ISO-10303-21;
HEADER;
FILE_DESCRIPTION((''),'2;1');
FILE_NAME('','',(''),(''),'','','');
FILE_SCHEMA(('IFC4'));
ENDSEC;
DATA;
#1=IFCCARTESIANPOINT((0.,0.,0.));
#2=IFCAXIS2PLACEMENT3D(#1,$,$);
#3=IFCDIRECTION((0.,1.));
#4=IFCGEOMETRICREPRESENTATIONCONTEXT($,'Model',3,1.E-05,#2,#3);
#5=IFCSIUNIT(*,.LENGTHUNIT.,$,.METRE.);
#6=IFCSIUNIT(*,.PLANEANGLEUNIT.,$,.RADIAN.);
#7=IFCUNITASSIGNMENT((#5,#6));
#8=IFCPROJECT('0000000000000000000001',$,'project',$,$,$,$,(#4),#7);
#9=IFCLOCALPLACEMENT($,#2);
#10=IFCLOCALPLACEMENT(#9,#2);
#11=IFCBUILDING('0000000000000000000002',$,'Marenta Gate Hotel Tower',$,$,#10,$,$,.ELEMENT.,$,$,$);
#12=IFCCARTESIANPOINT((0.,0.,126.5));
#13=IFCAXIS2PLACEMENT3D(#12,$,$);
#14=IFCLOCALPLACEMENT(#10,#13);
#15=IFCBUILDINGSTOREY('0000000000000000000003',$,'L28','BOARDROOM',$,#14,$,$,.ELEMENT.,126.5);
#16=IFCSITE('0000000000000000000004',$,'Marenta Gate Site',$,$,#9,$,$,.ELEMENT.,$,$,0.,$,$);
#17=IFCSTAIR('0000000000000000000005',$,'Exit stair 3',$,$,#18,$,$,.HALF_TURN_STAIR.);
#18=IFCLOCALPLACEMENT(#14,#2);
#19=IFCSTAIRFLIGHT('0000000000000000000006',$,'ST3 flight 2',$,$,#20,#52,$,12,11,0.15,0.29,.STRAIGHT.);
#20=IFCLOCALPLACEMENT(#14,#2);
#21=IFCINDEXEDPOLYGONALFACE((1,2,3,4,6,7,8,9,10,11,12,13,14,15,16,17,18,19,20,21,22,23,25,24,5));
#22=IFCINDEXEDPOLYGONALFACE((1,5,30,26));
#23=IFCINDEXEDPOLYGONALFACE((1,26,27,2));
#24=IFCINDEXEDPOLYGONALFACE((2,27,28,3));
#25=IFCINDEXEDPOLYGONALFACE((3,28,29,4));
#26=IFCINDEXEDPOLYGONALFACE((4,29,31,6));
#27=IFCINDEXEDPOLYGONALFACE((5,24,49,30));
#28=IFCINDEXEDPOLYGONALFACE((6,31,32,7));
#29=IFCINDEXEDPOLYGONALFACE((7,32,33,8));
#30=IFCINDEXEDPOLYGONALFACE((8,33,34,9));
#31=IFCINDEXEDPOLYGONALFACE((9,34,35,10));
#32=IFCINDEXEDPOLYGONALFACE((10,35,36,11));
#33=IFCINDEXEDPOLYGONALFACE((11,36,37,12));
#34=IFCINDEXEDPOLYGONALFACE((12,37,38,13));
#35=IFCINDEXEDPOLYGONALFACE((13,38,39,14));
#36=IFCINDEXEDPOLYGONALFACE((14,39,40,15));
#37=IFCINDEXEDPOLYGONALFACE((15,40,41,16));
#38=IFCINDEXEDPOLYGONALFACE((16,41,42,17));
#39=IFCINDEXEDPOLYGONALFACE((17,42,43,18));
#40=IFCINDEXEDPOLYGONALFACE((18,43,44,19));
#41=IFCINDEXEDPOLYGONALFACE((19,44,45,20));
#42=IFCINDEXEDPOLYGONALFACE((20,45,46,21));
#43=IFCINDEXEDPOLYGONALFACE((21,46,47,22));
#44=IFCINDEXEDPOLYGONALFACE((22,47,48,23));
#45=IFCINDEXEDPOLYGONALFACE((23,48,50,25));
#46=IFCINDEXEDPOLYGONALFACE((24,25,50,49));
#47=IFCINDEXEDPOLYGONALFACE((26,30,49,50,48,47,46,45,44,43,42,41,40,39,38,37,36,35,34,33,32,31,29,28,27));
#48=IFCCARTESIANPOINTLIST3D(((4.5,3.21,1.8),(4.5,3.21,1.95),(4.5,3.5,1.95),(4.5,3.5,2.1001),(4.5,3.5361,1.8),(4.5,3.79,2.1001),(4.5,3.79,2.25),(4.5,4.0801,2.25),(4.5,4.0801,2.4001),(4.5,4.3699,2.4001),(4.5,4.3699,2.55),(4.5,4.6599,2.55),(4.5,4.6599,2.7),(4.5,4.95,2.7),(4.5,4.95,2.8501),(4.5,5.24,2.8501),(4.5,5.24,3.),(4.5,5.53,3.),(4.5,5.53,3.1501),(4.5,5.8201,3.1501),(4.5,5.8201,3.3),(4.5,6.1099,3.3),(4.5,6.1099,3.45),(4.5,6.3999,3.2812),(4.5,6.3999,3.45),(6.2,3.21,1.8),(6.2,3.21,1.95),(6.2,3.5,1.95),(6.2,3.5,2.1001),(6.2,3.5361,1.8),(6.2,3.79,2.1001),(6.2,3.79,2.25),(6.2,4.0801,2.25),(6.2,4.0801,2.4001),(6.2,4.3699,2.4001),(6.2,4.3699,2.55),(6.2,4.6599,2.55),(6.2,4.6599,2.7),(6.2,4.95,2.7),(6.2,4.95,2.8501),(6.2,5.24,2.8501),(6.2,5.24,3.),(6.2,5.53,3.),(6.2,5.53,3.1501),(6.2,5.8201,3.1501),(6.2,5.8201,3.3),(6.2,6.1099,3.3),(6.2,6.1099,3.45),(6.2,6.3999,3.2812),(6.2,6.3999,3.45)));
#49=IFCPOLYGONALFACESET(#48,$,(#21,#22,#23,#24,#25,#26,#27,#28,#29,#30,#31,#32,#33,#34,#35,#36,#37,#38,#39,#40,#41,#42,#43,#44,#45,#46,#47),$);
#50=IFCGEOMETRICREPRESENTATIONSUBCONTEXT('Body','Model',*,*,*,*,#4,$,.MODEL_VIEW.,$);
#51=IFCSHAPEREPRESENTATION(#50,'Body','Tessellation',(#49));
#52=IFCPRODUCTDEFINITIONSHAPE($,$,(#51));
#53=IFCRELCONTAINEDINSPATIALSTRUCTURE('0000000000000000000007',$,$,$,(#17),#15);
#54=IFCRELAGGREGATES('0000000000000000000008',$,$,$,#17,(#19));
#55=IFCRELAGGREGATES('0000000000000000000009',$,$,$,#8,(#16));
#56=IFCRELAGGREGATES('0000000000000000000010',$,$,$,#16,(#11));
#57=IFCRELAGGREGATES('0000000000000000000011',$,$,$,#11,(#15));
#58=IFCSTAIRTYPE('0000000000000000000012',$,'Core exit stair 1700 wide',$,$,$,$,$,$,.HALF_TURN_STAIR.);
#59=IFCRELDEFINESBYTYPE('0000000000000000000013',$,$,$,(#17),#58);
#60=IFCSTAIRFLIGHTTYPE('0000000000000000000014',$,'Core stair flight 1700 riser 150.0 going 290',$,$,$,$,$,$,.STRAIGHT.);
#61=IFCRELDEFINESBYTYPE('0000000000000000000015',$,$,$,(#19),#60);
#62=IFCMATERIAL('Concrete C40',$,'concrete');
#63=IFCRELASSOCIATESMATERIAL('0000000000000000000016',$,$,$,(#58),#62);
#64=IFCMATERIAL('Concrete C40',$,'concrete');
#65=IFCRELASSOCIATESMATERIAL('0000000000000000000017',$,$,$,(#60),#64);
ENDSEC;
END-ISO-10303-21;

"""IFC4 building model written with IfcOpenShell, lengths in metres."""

from ifc_helpers import new_model, si_unit, direction, frame, origin, place, context, subcontext, project, spatial, polyline, outline, extrude, material, type_object, element, aggregate, save


model = new_model("IFC4")

# Units and contexts
model_context = context("Model", 3, precision=1e-05, world=origin(), true_north=direction((0.0, 1.0)))
body_context = subcontext(model_context, "Body", "Model", "MODEL_VIEW")
ifc_project = project(units=[si_unit("LENGTHUNIT", "METRE"), si_unit("PLANEANGLEUNIT", "RADIAN")], contexts=[model_context])

# Site, building, storey
site_placement = place(None, origin())
site = spatial("IfcSite", under=ifc_project, at=site_placement, Name="Marenta Gate Site", CompositionType="ELEMENT", RefElevation=0.0)
building_placement = place(site_placement, origin())
building = spatial("IfcBuilding", under=site, at=building_placement, Name="Marenta Gate Hotel Tower", CompositionType="ELEMENT")
storey_placement = place(building_placement, frame((0.0, 0.0, 126.5)))
storey = spatial("IfcBuildingStorey", under=building, at=storey_placement, Name="L28", Description="BOARDROOM", CompositionType="ELEMENT", Elevation=126.5)

# Stair, stair flight
ifc_material_1 = material(Name="Concrete C40", Category="concrete")
stair_type = type_object("IfcStairType", Name="Core exit stair 1700 wide", PredefinedType="HALF_TURN_STAIR", material=ifc_material_1)
stair_placement = place(storey_placement, origin())
stair = element("IfcStair", 1, at=stair_placement, inside=storey, type_object=stair_type, Name="Exit stair 3", PredefinedType="HALF_TURN_STAIR")
ifc_material_2 = material(Name="Concrete C40", Category="concrete")
stair_flight_type = type_object("IfcStairFlightType", Name="Core stair flight 1700 riser 150.0 going 290", PredefinedType="STRAIGHT", material=ifc_material_2)
stair_flight_1_placement = place(storey_placement, frame((5.3501, 3.21, 1.8), z_axis=(0.0, 0.0, 1.0), x_axis=(0.0, 1.0, 0.0)))
stair_flight_1 = element("IfcStairFlight", 2, at=stair_flight_1_placement, type_object=stair_flight_type, Name="ST3 flight 2", NumberOfRisers=12, NumberOfTreads=11, PredefinedType="STRAIGHT", RiserHeight=0.15, TreadLength=0.29, context=body_context, shape_type="SweptSolid", body=[
    extrude(outline(polyline([(0.0, 0.0), (0.0, 0.1499), (0.29, 0.1499), (0.29, 0.3), (0.5801, 0.3), (0.5801, 0.45), (0.8701, 0.45), (0.8701, 0.6001), (1.1599, 0.6001), (1.1599, 0.75), (1.45, 0.75), (1.45, 0.8999), (1.74, 0.8999), (1.74, 1.05), (2.03, 1.05), (2.03, 1.2), (2.3201, 1.2), (2.3201, 1.3501), (2.6101, 1.3501), (2.6101, 1.5), (2.8999, 1.5), (2.8999, 1.6499), (3.1899, 1.6499), (3.1899, 1.8), (3.1899, 1.4812), (0.3262, 0.0), (0.0, 0.0)])), frame((0.0, 0.8501, 0.0), z_axis=(0.0, -1.0, 0.0), x_axis=(1.0, 0.0, 0.0)), (0.0, 0.0, 1.0), 1.7),
])
aggregate(stair, [stair_flight_1])

save(model, "model.ifc")
